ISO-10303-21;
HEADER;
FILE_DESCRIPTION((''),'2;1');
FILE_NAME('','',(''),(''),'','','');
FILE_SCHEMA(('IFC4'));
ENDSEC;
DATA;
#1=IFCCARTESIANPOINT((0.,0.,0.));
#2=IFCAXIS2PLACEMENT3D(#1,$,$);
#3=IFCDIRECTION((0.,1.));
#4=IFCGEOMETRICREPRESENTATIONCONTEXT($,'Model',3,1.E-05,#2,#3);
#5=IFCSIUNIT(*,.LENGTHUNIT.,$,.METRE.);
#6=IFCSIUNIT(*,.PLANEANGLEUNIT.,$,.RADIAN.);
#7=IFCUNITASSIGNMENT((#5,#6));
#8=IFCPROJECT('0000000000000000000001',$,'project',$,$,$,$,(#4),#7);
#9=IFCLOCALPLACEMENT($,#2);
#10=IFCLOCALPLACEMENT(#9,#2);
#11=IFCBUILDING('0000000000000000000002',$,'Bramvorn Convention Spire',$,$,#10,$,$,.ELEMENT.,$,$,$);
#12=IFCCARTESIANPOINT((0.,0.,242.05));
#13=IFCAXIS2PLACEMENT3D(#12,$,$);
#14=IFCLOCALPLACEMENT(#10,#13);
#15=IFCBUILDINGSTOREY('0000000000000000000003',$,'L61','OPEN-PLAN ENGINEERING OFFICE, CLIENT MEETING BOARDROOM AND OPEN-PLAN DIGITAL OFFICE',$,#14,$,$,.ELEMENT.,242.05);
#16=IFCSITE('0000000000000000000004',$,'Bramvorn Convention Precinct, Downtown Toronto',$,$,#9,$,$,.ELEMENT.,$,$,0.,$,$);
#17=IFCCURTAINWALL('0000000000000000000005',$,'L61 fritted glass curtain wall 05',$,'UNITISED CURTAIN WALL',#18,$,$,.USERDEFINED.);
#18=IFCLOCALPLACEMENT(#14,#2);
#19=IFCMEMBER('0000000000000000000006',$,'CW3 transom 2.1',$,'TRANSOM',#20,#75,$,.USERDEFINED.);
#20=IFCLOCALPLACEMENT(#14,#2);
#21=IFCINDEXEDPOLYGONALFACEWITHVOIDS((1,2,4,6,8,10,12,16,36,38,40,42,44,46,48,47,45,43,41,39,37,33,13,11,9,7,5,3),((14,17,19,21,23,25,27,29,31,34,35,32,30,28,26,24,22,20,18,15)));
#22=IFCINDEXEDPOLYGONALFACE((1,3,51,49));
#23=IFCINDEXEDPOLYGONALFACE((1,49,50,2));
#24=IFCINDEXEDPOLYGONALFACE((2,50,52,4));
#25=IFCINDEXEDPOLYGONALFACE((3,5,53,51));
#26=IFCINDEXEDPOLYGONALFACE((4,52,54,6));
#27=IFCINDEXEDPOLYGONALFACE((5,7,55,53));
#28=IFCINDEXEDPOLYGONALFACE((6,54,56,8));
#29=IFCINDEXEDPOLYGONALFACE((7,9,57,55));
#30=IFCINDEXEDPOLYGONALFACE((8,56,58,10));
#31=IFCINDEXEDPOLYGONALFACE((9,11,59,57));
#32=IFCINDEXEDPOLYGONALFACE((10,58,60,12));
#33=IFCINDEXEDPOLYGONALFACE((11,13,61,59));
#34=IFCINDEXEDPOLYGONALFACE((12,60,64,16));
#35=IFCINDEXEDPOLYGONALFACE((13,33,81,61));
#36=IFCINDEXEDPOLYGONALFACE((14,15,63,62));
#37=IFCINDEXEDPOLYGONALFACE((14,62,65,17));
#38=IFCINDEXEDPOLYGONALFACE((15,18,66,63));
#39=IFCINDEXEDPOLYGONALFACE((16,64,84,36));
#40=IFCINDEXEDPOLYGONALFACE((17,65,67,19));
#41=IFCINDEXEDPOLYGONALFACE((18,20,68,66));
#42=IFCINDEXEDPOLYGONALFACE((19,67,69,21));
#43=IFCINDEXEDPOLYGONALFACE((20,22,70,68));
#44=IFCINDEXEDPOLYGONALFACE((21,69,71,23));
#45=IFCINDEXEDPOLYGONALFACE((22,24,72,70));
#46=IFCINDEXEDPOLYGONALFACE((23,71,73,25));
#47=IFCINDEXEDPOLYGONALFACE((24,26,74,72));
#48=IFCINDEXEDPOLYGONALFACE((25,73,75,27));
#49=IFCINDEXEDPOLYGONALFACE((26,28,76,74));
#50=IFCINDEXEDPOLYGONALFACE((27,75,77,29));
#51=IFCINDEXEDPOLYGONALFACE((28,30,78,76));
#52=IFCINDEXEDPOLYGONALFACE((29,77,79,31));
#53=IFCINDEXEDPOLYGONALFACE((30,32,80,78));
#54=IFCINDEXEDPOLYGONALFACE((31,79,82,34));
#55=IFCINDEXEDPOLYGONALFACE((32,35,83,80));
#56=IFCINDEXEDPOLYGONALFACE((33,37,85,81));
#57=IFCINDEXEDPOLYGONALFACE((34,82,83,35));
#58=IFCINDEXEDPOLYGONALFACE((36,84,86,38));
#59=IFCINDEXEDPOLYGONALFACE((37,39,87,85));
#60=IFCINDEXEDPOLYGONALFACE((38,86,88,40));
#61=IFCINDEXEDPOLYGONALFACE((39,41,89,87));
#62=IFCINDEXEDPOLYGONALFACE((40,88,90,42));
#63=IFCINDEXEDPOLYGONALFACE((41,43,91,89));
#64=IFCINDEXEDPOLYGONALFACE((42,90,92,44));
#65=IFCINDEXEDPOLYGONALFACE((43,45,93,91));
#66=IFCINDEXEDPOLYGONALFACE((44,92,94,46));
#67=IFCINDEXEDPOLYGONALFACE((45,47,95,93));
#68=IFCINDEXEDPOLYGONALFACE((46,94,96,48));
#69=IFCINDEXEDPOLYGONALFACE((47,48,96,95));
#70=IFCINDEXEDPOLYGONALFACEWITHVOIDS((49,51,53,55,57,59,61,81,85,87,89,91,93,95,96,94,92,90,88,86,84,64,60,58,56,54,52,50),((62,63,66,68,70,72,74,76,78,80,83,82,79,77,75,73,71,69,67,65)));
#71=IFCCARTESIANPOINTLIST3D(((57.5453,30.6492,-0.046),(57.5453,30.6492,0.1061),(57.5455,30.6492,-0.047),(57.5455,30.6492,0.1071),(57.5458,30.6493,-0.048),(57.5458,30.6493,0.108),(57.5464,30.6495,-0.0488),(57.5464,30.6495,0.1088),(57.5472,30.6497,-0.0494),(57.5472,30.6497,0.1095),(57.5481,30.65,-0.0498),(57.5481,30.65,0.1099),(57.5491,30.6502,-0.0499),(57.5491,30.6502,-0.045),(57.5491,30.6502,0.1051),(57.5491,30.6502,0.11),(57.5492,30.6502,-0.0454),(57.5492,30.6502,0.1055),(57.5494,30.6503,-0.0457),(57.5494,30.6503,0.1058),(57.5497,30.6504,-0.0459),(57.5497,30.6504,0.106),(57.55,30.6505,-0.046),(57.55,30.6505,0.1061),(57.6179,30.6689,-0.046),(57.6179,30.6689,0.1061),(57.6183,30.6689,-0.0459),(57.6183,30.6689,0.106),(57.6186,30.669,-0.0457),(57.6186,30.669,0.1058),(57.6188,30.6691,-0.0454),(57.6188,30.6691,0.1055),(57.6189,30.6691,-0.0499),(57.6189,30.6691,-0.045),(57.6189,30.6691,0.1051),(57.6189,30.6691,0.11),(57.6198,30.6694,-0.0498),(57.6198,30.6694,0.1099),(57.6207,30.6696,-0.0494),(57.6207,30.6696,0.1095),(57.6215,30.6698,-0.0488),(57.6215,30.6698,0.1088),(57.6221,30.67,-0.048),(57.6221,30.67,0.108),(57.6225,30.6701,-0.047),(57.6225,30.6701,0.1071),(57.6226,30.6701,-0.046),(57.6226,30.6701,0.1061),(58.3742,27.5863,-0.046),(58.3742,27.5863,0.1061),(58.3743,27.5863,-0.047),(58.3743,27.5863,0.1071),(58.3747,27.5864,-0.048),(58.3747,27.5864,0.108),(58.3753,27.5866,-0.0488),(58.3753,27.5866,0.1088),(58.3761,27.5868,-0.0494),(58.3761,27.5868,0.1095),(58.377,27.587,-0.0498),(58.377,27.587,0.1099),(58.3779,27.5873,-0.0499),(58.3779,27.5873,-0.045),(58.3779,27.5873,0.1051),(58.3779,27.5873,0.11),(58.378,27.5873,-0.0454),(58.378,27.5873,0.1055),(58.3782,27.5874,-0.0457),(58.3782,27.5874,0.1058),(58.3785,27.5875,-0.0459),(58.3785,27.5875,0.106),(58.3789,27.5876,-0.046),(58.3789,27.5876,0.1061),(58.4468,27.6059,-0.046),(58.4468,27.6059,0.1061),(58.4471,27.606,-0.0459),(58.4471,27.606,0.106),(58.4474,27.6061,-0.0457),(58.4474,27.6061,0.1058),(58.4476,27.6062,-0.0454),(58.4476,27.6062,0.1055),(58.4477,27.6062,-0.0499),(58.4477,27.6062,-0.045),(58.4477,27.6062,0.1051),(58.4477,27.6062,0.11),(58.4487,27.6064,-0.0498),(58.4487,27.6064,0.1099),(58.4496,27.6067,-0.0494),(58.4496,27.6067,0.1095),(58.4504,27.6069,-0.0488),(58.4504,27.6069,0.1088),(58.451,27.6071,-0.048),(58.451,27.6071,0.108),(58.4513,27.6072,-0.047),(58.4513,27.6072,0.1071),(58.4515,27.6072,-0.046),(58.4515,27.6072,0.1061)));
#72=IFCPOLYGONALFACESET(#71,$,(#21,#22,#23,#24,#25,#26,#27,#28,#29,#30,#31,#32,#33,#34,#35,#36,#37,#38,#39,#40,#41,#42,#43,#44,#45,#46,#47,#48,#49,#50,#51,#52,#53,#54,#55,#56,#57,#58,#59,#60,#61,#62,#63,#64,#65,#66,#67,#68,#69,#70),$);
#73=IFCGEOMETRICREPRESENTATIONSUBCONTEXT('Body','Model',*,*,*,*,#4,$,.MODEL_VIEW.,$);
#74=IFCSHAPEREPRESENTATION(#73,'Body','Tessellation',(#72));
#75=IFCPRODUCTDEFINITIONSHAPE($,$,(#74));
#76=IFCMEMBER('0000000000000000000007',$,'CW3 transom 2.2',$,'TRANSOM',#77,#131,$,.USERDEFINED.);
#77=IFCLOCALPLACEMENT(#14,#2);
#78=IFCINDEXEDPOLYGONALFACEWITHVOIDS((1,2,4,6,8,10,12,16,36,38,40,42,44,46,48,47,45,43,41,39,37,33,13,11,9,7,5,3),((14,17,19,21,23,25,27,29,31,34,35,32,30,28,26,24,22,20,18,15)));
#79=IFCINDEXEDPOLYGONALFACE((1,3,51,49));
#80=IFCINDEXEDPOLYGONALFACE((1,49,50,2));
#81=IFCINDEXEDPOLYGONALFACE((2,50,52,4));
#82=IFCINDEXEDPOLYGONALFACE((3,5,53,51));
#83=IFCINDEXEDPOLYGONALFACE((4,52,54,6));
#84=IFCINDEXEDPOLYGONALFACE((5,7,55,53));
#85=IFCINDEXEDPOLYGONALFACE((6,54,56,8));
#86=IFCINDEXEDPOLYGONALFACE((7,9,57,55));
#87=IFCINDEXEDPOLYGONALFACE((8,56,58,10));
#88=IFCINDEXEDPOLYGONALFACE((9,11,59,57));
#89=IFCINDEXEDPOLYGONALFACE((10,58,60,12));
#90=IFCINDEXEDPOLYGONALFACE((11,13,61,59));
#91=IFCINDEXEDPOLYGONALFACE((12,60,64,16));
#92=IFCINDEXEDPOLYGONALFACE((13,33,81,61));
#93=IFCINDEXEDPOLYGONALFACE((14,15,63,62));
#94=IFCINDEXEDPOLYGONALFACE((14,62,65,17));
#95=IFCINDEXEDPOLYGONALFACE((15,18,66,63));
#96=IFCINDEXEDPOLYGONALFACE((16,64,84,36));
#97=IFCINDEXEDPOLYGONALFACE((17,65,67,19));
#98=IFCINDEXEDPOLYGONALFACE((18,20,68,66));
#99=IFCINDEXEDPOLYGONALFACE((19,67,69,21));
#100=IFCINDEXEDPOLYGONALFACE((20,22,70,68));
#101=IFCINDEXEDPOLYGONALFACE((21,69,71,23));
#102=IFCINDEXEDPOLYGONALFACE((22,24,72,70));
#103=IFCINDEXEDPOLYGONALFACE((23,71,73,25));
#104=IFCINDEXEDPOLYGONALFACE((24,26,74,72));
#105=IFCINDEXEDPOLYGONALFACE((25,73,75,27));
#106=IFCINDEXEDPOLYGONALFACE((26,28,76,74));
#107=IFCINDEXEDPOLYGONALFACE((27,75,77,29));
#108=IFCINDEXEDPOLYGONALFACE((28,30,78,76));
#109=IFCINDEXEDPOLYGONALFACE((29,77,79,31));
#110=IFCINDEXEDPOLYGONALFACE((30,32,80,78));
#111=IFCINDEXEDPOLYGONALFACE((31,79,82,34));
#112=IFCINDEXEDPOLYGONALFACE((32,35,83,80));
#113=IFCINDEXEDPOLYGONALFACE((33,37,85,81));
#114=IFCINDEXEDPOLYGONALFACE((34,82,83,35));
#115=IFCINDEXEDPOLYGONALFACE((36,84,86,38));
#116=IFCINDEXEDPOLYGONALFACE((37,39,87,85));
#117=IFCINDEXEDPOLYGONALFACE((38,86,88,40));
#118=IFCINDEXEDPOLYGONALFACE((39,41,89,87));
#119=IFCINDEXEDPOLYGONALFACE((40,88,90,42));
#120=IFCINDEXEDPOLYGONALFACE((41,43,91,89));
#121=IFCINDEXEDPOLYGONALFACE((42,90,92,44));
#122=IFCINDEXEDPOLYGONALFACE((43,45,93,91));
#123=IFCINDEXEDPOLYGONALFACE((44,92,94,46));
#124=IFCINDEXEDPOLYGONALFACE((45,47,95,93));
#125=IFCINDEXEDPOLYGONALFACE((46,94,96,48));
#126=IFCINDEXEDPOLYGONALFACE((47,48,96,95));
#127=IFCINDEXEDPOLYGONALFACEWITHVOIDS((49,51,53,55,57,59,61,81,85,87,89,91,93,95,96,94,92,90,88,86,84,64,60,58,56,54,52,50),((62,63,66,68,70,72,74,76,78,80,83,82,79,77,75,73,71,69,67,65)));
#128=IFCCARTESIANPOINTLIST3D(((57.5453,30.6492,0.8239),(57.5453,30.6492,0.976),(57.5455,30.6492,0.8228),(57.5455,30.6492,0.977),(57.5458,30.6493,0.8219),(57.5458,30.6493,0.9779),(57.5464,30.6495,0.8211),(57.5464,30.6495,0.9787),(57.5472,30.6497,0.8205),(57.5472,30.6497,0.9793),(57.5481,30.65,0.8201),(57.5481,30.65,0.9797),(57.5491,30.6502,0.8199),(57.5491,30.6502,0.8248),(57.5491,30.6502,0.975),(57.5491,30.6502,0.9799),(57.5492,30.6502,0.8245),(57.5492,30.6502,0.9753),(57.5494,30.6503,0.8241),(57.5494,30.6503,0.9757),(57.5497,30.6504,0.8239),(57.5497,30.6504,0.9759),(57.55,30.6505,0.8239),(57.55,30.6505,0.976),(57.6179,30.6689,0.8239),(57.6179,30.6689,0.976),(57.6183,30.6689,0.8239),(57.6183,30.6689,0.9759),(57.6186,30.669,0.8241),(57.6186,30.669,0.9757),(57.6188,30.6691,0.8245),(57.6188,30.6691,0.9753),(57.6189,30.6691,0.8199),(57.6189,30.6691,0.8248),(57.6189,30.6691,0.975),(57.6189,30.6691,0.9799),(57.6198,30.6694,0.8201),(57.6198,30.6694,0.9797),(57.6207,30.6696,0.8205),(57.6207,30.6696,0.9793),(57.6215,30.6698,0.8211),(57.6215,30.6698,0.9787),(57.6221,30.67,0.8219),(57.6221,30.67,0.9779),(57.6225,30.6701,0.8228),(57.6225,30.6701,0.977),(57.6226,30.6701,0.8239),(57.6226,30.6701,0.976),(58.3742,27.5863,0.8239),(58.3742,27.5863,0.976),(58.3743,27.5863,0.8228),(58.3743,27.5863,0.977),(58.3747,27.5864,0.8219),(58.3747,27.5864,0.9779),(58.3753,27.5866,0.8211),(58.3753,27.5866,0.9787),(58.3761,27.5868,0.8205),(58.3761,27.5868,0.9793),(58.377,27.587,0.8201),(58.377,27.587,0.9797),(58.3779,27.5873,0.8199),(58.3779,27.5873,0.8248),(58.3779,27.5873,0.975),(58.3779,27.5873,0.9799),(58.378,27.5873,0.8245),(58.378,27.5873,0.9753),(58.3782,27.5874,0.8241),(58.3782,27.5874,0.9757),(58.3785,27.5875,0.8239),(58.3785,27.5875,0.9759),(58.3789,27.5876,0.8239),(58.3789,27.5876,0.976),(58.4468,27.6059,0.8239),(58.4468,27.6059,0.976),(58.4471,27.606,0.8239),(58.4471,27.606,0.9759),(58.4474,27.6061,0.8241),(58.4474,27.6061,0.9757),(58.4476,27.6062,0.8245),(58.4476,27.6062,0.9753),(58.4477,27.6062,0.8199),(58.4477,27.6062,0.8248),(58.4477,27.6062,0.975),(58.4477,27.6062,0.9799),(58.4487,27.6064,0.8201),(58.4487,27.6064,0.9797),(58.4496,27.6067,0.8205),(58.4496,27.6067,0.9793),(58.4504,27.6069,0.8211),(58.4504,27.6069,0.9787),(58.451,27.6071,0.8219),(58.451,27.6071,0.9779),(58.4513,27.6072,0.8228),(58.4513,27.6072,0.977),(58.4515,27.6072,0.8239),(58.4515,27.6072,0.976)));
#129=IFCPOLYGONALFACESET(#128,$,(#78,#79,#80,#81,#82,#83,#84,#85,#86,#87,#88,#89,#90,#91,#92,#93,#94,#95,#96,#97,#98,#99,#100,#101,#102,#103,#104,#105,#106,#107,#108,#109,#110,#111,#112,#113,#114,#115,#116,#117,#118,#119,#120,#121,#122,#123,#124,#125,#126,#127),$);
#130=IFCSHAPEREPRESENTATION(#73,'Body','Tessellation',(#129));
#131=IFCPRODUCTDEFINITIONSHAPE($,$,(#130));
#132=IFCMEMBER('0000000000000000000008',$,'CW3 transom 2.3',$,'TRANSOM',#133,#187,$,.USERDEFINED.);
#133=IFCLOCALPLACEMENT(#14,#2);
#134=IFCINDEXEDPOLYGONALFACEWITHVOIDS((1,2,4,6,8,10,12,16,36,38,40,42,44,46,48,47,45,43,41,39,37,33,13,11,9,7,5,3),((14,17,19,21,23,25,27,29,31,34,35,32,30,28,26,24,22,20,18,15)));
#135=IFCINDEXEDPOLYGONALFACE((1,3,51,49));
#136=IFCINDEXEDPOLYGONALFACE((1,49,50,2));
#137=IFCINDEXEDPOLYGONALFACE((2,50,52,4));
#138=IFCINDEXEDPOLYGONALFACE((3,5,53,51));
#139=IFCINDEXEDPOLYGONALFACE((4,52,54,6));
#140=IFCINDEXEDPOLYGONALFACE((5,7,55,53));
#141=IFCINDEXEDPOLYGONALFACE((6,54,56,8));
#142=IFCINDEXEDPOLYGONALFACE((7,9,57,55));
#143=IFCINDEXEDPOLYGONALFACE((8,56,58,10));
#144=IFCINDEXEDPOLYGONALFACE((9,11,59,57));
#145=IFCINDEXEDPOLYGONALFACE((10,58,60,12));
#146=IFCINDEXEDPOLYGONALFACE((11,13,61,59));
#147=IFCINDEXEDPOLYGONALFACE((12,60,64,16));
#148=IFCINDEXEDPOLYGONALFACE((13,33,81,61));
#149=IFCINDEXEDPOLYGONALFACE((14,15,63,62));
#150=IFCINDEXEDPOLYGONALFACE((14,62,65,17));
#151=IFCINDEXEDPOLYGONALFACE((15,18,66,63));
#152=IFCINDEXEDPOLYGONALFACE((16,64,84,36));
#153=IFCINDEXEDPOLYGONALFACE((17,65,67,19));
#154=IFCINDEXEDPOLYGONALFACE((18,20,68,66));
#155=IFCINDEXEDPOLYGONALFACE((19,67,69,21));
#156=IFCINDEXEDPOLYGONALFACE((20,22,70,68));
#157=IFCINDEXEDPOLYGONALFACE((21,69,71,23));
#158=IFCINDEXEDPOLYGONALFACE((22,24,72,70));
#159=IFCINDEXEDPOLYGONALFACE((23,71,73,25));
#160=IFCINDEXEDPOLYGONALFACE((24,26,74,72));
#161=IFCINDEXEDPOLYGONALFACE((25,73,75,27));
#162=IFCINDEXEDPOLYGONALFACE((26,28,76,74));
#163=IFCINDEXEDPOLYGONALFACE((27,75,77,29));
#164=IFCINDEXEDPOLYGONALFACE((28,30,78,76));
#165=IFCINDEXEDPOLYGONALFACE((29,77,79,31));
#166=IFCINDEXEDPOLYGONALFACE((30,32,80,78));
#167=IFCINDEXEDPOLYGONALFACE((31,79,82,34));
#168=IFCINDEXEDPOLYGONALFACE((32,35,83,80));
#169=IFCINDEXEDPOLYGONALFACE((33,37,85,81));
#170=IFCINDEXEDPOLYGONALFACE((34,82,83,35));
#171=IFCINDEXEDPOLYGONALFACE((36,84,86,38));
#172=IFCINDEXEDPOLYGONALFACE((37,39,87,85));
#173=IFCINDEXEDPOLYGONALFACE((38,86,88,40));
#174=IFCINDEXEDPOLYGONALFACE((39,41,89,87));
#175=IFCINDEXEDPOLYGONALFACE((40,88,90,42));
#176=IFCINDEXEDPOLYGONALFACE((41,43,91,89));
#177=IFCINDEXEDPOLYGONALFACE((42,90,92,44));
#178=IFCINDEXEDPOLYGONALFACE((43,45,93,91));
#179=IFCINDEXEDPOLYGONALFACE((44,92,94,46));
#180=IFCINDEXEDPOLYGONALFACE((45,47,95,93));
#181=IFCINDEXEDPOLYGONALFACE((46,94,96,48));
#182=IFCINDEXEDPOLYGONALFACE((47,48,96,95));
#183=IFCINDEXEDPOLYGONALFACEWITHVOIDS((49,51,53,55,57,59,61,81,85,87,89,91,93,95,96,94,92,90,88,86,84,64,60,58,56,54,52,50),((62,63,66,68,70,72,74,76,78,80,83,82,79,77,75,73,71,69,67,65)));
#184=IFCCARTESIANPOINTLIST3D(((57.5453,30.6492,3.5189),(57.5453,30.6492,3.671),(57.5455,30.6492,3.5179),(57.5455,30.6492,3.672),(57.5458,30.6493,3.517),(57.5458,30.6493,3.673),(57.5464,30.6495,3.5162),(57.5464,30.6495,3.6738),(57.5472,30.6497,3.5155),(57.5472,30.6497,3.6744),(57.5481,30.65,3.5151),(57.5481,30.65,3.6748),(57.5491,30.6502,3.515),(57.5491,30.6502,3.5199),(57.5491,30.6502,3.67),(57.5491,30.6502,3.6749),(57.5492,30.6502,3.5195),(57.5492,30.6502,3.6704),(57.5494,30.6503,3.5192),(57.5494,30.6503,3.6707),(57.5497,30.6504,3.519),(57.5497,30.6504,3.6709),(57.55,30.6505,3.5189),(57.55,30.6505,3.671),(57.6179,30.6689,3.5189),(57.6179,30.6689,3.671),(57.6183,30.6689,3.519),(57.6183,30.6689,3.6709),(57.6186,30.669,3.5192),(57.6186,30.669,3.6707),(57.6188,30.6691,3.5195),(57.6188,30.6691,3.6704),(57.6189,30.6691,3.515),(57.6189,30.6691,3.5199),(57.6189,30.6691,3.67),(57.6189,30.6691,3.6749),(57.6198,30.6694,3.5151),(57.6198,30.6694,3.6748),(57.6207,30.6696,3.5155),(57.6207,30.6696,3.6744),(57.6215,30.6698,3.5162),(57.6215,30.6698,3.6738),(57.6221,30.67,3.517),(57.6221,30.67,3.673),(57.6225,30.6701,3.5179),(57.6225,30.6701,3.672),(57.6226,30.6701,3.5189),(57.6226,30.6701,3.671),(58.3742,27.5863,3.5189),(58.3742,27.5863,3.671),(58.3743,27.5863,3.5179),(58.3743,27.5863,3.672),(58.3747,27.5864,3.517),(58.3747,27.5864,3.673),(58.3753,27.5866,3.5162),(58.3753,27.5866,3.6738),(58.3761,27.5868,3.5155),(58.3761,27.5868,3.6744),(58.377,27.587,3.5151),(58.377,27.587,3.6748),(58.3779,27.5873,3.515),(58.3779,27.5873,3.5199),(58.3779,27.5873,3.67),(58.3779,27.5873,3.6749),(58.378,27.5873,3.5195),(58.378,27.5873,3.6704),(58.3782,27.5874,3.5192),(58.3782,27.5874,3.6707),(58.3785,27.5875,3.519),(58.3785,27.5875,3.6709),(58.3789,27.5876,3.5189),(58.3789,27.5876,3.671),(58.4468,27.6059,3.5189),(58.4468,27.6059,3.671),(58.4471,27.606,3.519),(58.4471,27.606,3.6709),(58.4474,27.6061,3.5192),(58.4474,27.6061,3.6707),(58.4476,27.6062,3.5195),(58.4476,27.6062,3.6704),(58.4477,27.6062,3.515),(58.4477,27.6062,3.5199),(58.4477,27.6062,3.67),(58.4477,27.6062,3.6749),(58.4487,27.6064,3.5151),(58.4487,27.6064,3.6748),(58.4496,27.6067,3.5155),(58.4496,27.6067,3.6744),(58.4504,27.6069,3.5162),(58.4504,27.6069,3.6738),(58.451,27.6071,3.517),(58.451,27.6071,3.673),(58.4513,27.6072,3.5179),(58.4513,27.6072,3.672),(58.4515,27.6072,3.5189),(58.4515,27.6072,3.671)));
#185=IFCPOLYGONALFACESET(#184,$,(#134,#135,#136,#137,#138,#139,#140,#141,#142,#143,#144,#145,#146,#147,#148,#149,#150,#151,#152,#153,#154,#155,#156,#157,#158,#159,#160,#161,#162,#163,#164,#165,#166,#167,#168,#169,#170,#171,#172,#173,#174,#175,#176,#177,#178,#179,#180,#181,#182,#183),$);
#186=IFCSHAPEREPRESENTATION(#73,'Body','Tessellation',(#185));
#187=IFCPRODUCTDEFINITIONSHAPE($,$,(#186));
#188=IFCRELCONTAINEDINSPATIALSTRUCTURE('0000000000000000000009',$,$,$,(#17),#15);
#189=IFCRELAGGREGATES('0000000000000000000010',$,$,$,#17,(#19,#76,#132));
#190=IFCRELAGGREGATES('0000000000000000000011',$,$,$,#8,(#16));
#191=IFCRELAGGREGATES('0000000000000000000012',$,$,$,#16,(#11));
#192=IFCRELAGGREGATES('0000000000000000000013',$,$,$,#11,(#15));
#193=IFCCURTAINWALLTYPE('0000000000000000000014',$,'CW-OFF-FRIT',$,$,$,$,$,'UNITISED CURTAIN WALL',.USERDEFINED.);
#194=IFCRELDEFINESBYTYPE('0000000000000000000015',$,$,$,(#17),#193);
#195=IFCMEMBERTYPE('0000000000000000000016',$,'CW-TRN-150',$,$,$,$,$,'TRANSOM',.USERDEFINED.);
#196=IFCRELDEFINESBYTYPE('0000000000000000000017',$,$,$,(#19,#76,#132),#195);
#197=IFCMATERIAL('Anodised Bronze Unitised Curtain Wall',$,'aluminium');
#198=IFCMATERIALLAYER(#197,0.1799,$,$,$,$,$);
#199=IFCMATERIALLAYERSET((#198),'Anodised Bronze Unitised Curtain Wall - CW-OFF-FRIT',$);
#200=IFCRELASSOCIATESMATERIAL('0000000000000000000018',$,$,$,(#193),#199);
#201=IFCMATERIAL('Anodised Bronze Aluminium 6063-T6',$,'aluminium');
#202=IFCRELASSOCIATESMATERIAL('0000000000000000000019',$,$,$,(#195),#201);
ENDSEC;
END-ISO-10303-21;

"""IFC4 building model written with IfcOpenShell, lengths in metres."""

from ifc_helpers import new_model, si_unit, direction, frame, origin, origin_2d, place, context, subcontext, project, spatial, hollow_rectangle, extrude, material, layer, layer_set, material_profile, profile_set, type_object, element, aggregate, save


model = new_model("IFC4")

# Units and contexts
model_context = context("Model", 3, precision=1e-05, world=origin(), true_north=direction((0.0, 1.0)))
body_context = subcontext(model_context, "Body", "Model", "MODEL_VIEW")
ifc_project = project(units=[si_unit("LENGTHUNIT", "METRE"), si_unit("PLANEANGLEUNIT", "RADIAN")], contexts=[model_context])

# Site, building, storey
site_placement = place(None, origin())
site = spatial("IfcSite", under=ifc_project, at=site_placement, Name="Bramvorn Convention Precinct, Downtown Toronto", CompositionType="ELEMENT", RefElevation=0.0)
building_placement = place(site_placement, origin())
building = spatial("IfcBuilding", under=site, at=building_placement, Name="Bramvorn Convention Spire", CompositionType="ELEMENT")
storey_placement = place(building_placement, frame((0.0, 0.0, 242.05)))
storey = spatial("IfcBuildingStorey", under=building, at=storey_placement, Name="L61", Description="OPEN-PLAN ENGINEERING OFFICE, CLIENT MEETING BOARDROOM AND OPEN-PLAN DIGITAL OFFICE", CompositionType="ELEMENT", Elevation=242.05)

# Shared definitions
ifc_material_1 = material(Name="Anodised Bronze Unitised Curtain Wall", Category="aluminium")
ifc_layer_1 = layer(ifc_material_1, 0.1799)
ifc_layer_set_1 = layer_set([ifc_layer_1], Name="Anodised Bronze Unitised Curtain Wall - CW-OFF-FRIT")
curtain_wall_type = type_object("IfcCurtainWallType", Name="CW-OFF-FRIT", ElementType="UNITISED CURTAIN WALL", PredefinedType="USERDEFINED", material=ifc_layer_set_1)
ifc_material_2 = material(Name="Anodised Bronze Aluminium 6063-T6", Category="aluminium")

# Curtain wall
curtain_wall_1_placement = place(storey_placement, origin())
curtain_wall_1 = element("IfcCurtainWall", 1, at=curtain_wall_1_placement, inside=storey, type_object=curtain_wall_type, Name="L61 fritted glass curtain wall 05", ObjectType="UNITISED CURTAIN WALL", PredefinedType="USERDEFINED")

# Members
ifc_material_profile_1 = material_profile(ifc_material_2, hollow_rectangle(XDim=0.0801, YDim=0.1599, WallThickness=0.0039, InnerFilletRadius=0.001, OuterFilletRadius=0.0039, at=origin_2d()))
ifc_profile_set_1 = profile_set([ifc_material_profile_1], Name="Anodised Bronze Aluminium 6063-T6 - CWT80X160")
member_type_1 = type_object("IfcMemberType", Name="CW-TRN-150", ElementType="TRANSOM", PredefinedType="USERDEFINED", material=ifc_profile_set_1)
member_1_placement = place(storey_placement, frame((57.584, 30.6597, 0.03), z_axis=(0.261209, -0.965282, 0.0), x_axis=(0.965282, 0.261209, 0.0)))
member_1 = element("IfcMember", 2, at=member_1_placement, type_object=member_type_1, Name="CW3 transom 2.1", ObjectType="TRANSOM", PredefinedType="USERDEFINED", context=body_context, shape_type="SweptSolid", body=[
    extrude(hollow_rectangle(XDim=0.0801, YDim=0.1599, WallThickness=0.0039, InnerFilletRadius=0.001, OuterFilletRadius=0.0039, at=origin_2d()), origin(), (0.0, 0.0, 1.0), 3.1731),
])
member_2_placement = place(storey_placement, frame((57.584, 30.6597, 0.8999), z_axis=(0.261209, -0.965282, 0.0), x_axis=(0.965282, 0.261209, 0.0)))
member_2 = element("IfcMember", 3, at=member_2_placement, type_object=member_type_1, Name="CW3 transom 2.2", ObjectType="TRANSOM", PredefinedType="USERDEFINED", context=body_context, shape_type="SweptSolid", body=[
    extrude(hollow_rectangle(XDim=0.0801, YDim=0.1599, WallThickness=0.0039, InnerFilletRadius=0.001, OuterFilletRadius=0.0039, at=origin_2d()), origin(), (0.0, 0.0, 1.0), 3.1731),
])
member_3_placement = place(storey_placement, frame((57.584, 30.6597, 3.595), z_axis=(0.261209, -0.965282, 0.0), x_axis=(0.965282, 0.261209, 0.0)))
member_3 = element("IfcMember", 4, at=member_3_placement, type_object=member_type_1, Name="CW3 transom 2.3", ObjectType="TRANSOM", PredefinedType="USERDEFINED", context=body_context, shape_type="SweptSolid", body=[
    extrude(hollow_rectangle(XDim=0.0801, YDim=0.1599, WallThickness=0.0039, InnerFilletRadius=0.001, OuterFilletRadius=0.0039, at=origin_2d()), origin(), (0.0, 0.0, 1.0), 3.1731),
])

aggregate(curtain_wall_1, [member_1, member_2, member_3])

save(model, "model.ifc")
